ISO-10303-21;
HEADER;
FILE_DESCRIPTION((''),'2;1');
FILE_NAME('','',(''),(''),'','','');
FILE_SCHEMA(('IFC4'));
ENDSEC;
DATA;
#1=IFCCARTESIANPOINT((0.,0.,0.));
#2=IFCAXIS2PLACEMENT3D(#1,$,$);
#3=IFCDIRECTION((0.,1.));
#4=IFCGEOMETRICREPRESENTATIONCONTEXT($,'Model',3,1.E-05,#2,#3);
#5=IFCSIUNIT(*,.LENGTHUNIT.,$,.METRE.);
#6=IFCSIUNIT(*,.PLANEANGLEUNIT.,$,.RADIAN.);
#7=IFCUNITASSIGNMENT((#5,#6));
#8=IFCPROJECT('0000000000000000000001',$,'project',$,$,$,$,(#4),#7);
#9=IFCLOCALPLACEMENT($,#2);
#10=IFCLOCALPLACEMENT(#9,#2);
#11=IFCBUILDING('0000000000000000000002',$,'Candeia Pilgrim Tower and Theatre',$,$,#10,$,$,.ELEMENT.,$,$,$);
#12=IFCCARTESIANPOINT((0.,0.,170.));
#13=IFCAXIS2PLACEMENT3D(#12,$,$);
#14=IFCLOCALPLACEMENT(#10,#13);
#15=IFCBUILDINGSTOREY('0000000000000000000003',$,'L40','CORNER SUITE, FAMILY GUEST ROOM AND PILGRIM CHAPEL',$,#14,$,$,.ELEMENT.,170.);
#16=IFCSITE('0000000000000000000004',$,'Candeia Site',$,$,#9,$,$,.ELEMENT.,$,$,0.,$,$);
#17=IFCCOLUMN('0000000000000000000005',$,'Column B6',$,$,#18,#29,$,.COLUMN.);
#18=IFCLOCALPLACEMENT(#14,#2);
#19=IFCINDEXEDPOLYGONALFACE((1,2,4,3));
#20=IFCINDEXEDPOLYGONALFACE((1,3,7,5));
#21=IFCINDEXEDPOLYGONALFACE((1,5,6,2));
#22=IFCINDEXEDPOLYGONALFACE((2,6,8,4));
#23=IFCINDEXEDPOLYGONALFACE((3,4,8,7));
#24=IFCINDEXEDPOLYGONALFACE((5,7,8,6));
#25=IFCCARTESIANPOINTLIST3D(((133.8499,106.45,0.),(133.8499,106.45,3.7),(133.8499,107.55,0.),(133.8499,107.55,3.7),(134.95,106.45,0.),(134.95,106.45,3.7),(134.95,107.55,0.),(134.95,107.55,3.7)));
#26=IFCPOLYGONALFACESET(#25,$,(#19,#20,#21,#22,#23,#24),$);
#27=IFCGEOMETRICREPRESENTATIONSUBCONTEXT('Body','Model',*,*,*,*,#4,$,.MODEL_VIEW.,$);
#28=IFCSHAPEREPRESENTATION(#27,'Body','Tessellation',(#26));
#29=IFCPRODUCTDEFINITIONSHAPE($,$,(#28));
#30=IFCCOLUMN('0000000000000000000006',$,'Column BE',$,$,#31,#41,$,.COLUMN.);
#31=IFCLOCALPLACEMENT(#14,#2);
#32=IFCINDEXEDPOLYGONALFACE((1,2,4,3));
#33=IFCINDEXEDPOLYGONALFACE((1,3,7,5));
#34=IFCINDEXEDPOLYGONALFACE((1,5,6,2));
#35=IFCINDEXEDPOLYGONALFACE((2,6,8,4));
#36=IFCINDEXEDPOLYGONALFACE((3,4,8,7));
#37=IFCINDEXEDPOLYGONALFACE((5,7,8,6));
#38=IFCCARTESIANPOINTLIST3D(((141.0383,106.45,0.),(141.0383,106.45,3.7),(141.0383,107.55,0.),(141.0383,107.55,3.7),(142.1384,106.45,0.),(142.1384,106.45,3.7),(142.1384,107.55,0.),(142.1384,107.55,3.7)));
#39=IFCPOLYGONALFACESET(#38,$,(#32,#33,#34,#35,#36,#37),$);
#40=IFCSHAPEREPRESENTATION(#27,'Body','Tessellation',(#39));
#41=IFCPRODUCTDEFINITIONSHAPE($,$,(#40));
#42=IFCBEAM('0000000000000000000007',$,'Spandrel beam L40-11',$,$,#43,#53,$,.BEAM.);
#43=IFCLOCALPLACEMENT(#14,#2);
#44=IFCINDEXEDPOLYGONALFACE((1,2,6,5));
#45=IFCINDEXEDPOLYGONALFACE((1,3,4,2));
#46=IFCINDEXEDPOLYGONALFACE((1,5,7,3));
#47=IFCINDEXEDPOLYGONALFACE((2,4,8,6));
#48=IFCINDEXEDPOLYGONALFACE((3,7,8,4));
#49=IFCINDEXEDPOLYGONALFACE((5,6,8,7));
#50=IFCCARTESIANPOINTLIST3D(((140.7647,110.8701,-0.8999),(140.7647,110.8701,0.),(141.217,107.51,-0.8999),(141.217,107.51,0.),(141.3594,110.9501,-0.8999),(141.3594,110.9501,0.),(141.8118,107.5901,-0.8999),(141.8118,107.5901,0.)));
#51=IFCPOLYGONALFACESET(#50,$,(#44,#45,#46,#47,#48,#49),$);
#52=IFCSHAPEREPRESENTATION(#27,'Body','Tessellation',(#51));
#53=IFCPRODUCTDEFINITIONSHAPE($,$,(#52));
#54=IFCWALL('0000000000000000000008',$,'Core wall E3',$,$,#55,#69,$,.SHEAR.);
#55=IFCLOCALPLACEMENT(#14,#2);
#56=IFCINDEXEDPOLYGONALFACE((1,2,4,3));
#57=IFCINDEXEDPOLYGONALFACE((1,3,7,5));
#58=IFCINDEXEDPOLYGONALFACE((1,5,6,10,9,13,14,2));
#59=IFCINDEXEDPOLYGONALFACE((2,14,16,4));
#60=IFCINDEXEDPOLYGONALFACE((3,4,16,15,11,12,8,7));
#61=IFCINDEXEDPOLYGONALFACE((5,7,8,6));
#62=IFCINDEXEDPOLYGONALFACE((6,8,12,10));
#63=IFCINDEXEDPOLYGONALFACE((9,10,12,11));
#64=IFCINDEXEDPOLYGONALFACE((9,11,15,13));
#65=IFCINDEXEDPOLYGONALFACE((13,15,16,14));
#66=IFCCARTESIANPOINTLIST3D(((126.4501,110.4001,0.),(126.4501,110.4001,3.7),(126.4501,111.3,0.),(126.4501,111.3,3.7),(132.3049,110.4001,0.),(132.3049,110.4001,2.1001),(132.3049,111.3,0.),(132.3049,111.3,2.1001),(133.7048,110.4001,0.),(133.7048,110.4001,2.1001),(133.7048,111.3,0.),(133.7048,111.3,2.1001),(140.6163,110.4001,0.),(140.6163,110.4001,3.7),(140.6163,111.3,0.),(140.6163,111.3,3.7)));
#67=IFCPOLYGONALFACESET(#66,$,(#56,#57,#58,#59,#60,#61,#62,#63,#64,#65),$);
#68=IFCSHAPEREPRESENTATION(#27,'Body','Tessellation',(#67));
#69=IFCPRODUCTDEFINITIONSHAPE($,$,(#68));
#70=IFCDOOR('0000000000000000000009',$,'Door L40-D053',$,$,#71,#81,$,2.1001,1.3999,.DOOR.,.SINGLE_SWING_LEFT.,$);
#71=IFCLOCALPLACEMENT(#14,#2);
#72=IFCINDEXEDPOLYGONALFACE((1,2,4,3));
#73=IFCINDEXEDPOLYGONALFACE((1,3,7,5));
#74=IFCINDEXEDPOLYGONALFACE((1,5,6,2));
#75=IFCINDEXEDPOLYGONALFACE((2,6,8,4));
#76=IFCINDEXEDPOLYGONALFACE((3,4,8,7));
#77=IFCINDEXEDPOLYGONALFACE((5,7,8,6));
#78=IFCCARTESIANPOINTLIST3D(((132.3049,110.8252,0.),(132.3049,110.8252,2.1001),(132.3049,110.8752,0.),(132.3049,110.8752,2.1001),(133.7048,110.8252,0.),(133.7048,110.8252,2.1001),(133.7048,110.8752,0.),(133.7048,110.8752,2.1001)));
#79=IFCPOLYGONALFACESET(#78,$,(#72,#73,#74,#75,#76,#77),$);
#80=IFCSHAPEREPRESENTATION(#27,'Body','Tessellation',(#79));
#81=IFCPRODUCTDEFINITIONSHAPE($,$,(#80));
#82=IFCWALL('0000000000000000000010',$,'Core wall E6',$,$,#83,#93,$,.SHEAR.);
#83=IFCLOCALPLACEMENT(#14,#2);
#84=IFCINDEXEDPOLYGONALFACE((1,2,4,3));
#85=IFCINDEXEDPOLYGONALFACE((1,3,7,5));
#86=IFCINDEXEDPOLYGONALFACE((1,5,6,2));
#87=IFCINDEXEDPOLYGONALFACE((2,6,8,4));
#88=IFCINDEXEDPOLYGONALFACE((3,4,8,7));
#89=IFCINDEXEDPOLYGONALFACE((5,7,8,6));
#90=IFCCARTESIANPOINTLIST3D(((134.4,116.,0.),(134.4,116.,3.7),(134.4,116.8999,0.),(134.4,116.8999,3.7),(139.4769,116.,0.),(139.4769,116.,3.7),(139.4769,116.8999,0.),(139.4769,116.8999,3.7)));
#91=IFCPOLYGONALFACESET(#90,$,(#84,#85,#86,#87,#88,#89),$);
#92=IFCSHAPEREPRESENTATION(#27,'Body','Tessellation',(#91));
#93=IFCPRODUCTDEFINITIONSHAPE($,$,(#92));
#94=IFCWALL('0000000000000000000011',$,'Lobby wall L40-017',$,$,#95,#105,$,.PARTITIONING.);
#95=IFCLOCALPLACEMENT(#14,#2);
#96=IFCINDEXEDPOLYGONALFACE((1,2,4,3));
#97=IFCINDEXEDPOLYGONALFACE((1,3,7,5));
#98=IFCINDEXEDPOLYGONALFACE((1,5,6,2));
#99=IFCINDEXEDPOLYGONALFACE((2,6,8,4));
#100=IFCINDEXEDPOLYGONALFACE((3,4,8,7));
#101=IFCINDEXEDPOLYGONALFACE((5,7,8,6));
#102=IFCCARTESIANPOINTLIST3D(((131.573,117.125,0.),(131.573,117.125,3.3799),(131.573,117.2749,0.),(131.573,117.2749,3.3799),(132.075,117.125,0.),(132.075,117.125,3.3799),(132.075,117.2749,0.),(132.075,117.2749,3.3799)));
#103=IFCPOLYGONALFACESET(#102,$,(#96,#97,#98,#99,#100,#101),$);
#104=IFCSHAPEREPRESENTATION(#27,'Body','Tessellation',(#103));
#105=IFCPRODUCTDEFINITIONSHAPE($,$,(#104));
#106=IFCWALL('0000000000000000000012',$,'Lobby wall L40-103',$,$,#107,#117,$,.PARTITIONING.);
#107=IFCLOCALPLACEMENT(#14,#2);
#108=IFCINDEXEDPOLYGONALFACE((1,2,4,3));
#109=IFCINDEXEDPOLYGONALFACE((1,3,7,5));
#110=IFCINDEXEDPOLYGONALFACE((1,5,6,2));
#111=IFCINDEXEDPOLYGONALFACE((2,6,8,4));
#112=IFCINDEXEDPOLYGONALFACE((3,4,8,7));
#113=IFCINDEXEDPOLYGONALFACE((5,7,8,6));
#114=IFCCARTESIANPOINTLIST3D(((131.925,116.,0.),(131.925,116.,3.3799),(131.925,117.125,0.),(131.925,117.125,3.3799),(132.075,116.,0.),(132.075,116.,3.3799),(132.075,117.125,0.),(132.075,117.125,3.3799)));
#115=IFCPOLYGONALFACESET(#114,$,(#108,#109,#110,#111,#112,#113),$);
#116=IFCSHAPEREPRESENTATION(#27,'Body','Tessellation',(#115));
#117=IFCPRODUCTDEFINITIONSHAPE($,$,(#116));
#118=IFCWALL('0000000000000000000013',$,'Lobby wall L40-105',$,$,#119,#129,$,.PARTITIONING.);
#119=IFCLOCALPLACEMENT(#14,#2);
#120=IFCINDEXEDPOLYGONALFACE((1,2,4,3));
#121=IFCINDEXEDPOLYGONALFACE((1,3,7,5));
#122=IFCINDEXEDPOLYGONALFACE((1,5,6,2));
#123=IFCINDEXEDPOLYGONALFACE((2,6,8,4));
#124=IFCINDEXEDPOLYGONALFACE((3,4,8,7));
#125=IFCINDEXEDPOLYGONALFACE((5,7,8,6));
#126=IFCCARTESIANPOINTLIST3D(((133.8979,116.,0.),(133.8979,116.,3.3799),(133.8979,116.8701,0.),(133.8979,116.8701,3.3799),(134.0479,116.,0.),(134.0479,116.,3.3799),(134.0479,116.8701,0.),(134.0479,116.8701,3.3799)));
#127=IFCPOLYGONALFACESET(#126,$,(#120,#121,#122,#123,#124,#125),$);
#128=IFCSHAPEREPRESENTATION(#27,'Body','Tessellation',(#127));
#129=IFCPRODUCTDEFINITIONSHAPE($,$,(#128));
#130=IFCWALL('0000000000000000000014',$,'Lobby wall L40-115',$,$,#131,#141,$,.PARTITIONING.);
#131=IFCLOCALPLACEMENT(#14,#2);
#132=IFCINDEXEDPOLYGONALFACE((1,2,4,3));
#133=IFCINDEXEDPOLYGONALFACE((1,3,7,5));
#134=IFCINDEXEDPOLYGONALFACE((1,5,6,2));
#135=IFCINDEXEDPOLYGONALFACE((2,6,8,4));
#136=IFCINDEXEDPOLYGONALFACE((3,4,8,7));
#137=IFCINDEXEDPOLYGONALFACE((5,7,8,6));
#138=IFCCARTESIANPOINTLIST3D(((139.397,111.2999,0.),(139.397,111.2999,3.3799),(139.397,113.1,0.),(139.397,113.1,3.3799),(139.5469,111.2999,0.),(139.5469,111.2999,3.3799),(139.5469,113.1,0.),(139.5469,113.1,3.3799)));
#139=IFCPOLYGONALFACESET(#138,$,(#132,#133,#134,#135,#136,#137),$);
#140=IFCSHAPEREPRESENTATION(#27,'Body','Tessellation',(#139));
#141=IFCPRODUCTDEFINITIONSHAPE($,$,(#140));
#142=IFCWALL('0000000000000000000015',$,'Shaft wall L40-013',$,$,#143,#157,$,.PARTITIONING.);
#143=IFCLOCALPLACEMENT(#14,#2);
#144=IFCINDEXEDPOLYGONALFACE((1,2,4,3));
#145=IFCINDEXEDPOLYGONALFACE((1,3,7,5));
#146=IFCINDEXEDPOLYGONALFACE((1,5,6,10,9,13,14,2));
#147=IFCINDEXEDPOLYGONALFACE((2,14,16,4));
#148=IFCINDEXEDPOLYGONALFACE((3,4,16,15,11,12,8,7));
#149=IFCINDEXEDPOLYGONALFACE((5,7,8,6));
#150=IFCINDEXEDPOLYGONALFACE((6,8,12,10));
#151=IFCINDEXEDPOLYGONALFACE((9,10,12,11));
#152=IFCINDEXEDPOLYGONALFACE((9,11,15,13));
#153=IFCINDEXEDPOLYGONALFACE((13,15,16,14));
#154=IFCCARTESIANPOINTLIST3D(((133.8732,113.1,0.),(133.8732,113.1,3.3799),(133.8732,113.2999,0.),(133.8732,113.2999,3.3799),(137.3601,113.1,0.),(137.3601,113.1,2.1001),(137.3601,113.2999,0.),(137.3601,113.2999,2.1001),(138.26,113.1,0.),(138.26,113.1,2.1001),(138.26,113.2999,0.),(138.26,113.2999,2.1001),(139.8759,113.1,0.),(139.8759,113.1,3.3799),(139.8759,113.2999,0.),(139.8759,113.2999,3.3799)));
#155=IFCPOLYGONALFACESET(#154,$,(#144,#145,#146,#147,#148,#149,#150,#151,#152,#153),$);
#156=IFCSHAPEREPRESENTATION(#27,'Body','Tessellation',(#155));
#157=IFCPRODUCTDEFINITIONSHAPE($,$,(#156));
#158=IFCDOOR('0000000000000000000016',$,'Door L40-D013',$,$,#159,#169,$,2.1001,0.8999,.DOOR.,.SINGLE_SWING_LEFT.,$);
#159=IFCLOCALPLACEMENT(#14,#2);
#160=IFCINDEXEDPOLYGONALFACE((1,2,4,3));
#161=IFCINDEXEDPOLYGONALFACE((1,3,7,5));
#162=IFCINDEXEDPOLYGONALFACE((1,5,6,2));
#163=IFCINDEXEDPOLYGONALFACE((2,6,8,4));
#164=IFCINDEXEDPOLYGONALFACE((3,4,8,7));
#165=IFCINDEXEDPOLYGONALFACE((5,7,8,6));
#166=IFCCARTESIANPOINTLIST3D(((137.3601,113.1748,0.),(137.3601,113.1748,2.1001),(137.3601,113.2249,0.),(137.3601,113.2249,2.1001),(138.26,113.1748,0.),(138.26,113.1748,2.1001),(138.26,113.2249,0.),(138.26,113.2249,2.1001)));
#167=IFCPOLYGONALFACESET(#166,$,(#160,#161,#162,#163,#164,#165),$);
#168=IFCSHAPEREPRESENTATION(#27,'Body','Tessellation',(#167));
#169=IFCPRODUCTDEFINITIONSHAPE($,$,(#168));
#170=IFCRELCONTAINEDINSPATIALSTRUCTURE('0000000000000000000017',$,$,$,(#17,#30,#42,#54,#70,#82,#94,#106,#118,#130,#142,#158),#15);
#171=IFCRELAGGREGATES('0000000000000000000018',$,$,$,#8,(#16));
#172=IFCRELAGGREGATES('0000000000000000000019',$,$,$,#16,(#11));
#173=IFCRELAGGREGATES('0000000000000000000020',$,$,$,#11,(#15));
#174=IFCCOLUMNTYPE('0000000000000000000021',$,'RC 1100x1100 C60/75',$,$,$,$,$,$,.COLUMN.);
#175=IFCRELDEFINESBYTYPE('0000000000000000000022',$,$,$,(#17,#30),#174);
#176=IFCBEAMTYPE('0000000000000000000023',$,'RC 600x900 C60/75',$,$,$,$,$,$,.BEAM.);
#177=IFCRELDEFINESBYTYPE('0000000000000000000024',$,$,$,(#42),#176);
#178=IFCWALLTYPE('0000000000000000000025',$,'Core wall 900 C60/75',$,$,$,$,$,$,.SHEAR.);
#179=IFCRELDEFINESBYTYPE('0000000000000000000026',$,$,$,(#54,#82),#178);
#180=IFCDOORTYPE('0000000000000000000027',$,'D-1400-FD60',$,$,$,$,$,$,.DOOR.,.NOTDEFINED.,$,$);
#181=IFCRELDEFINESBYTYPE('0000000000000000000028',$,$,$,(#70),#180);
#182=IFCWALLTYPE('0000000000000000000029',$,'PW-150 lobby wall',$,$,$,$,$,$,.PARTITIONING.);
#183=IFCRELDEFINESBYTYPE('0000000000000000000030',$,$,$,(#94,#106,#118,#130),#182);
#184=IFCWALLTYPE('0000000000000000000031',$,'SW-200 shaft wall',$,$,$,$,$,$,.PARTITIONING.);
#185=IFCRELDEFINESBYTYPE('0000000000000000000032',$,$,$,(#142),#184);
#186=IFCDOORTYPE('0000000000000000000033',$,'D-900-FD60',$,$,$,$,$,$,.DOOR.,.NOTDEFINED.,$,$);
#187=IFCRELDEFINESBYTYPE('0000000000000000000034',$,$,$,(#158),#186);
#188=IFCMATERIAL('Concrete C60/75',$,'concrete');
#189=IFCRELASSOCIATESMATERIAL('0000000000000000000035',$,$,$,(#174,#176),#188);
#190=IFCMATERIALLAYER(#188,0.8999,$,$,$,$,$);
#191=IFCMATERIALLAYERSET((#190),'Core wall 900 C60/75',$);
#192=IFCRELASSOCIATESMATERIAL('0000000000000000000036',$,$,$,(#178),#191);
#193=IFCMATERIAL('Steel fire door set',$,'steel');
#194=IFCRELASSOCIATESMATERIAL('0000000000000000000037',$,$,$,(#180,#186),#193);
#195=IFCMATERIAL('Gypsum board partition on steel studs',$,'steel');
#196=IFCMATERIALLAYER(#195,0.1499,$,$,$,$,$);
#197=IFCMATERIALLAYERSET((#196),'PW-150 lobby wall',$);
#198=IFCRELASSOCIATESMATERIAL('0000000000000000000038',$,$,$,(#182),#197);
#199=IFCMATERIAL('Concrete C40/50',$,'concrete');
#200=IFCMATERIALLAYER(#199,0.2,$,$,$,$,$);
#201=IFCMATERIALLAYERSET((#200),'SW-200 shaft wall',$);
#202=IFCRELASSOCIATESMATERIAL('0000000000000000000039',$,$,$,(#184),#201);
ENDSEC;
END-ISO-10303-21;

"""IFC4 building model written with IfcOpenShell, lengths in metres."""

from ifc_helpers import new_model, si_unit, direction, frame, frame_2d, origin, origin_2d, place, context, subcontext, project, spatial, rectangle, extrude, material, layer, layer_set, material_profile, profile_set, type_object, element, fill, save


model = new_model("IFC4")

# Units and contexts
model_context = context("Model", 3, precision=1e-05, world=origin(), true_north=direction((0.0, 1.0)))
body_context = subcontext(model_context, "Body", "Model", "MODEL_VIEW")
ifc_project = project(units=[si_unit("LENGTHUNIT", "METRE"), si_unit("PLANEANGLEUNIT", "RADIAN")], contexts=[model_context])

# Site, building, storey
site_placement = place(None, origin())
site = spatial("IfcSite", under=ifc_project, at=site_placement, Name="Candeia Site", CompositionType="ELEMENT", RefElevation=0.0)
building_placement = place(site_placement, origin())
building = spatial("IfcBuilding", under=site, at=building_placement, Name="Candeia Pilgrim Tower and Theatre", CompositionType="ELEMENT")
storey_placement = place(building_placement, frame((0.0, 0.0, 170.0)))
storey = spatial("IfcBuildingStorey", under=building, at=storey_placement, Name="L40", Description="CORNER SUITE, FAMILY GUEST ROOM AND PILGRIM CHAPEL", CompositionType="ELEMENT", Elevation=170.0)

# Columns
ifc_material_1 = material(Name="Concrete C60/75", Category="concrete")
ifc_material_profile_1 = material_profile(ifc_material_1, rectangle(XDim=1.1001, YDim=1.1001, at=origin_2d()))
ifc_profile_set_1 = profile_set([ifc_material_profile_1], Name="Concrete C60/75")
column_type = type_object("IfcColumnType", Name="RC 1100x1100 C60/75", PredefinedType="COLUMN", material=ifc_profile_set_1)
for number, where, z_axis, x_axis, name in (
    (1, (134.3999, 107.0, 0.0), (0.0, 0.0, 1.0), (1.0, 0.0, 0.0), "Column B6"),
    (2, (141.5884, 107.0, 0.0), (0.0, 0.0, 1.0), (1.0, 0.0, 0.0), "Column BE"),
):
    element("IfcColumn", number, at=place(storey_placement, frame(where, z_axis=z_axis, x_axis=x_axis)), inside=storey, type_object=column_type, Name=name, PredefinedType="COLUMN", context=body_context, shape_type="SweptSolid", body=[
        extrude(rectangle(XDim=1.1001, YDim=1.1001, at=origin_2d()), origin(), (0.0, 0.0, 1.0), 3.7),
    ])

# Beam
ifc_material_profile_2 = material_profile(ifc_material_1, rectangle(XDim=0.6001, YDim=0.8999, at=origin_2d()))
ifc_profile_set_2 = profile_set([ifc_material_profile_2], Name="Concrete C60/75")
beam_type = type_object("IfcBeamType", Name="RC 600x900 C60/75", PredefinedType="BEAM", material=ifc_profile_set_2)
beam_placement = place(storey_placement, frame((141.5144, 107.55, -0.45), z_axis=(-0.133432, 0.991058, 0.0), x_axis=(-0.991058, -0.133432, 0.0)))
element("IfcBeam", 3, at=beam_placement, inside=storey, type_object=beam_type, Name="Spandrel beam L40-11", PredefinedType="BEAM", context=body_context, shape_type="SweptSolid", body=[
    extrude(rectangle(XDim=0.6001, YDim=0.8999, at=origin_2d()), origin(), (0.0, 0.0, 1.0), 3.3904),
])

# Wall, opening, door
ifc_layer_1 = layer(ifc_material_1, 0.8999)
ifc_layer_set_1 = layer_set([ifc_layer_1], Name="Core wall 900 C60/75")
wall_type_1 = type_object("IfcWallType", Name="Core wall 900 C60/75", PredefinedType="SHEAR", material=ifc_layer_set_1)
wall_1_placement = place(storey_placement, frame((140.6162, 110.8501, 0.0), z_axis=(0.0, 0.0, 1.0), x_axis=(-1.0, 0.0, 0.0)))
wall_1 = element("IfcWall", 4, at=wall_1_placement, inside=storey, type_object=wall_type_1, Name="Core wall E3", PredefinedType="SHEAR", context=body_context, shape_type="SweptSolid", body=[
    extrude(rectangle(XDim=14.1663, YDim=0.8999, at=frame_2d((7.083, 0.0))), origin(), (0.0, 0.0, 1.0), 3.7),
])
opening_1_placement = place(wall_1_placement, frame((6.9114, 0.0, 0.0)))
opening_1 = element("IfcOpeningElement", 5, at=opening_1_placement, cuts=wall_1, PredefinedType="OPENING", context=body_context, shape_type="SweptSolid", body=[
    extrude(rectangle(XDim=1.3999, YDim=2.1001, at=frame_2d((0.7, 1.05))), frame((0.0, 0.46, 0.0), z_axis=(0.0, -1.0, 0.0), x_axis=(1.0, 0.0, 0.0)), (0.0, 0.0, 1.0), 0.9199),
])
ifc_material_2 = material(Name="Steel fire door set", Category="steel")
door_type_1 = type_object("IfcDoorType", Name="D-1400-FD60", OperationType="NOTDEFINED", PredefinedType="DOOR", material=ifc_material_2)
door_1_placement = place(opening_1_placement, origin())
door_1 = element("IfcDoor", 6, at=door_1_placement, inside=storey, type_object=door_type_1, Name="Door L40-D053", OperationType="SINGLE_SWING_LEFT", OverallHeight=2.1001, OverallWidth=1.3999, PredefinedType="DOOR", context=body_context, shape_type="SweptSolid", body=[
    extrude(rectangle(XDim=1.3999, YDim=2.1001, at=frame_2d((0.7, 1.05))), frame((0.0, 0.0249, 0.0), z_axis=(0.0, -1.0, 0.0), x_axis=(1.0, 0.0, 0.0)), (0.0, 0.0, 1.0), 0.05),
])
fill(opening_1, door_1)

# Walls
wall_2_placement = place(storey_placement, frame((134.3999, 116.45, 0.0), z_axis=(0.0, 0.0, 1.0), x_axis=(1.0, 0.0, 0.0)))
element("IfcWall", 7, at=wall_2_placement, inside=storey, type_object=wall_type_1, Name="Core wall E6", PredefinedType="SHEAR", context=body_context, shape_type="SweptSolid", body=[
    extrude(rectangle(XDim=5.0769, YDim=0.8999, at=frame_2d((2.5386, 0.0))), origin(), (0.0, 0.0, 1.0), 3.7),
])
ifc_material_3 = material(Name="Gypsum board partition on steel studs", Category="steel")
ifc_layer_2 = layer(ifc_material_3, 0.1499)
ifc_layer_set_2 = layer_set([ifc_layer_2], Name="PW-150 lobby wall")
wall_type_2 = type_object("IfcWallType", Name="PW-150 lobby wall", PredefinedType="PARTITIONING", material=ifc_layer_set_2)
wall_3_placement = place(storey_placement, frame((131.573, 117.2, 0.0), z_axis=(0.0, 0.0, 1.0), x_axis=(1.0, 0.0, 0.0)))
element("IfcWall", 8, at=wall_3_placement, inside=storey, type_object=wall_type_2, Name="Lobby wall L40-017", PredefinedType="PARTITIONING", context=body_context, shape_type="SweptSolid", body=[
    extrude(rectangle(XDim=0.502, YDim=0.1499, at=frame_2d((0.251, 0.0))), origin(), (0.0, 0.0, 1.0), 3.3799),
])
wall_4_placement = place(storey_placement, frame((132.0, 116.0, 0.0), z_axis=(0.0, 0.0, 1.0), x_axis=(0.0, 1.0, 0.0)))
element("IfcWall", 9, at=wall_4_placement, inside=storey, type_object=wall_type_2, Name="Lobby wall L40-103", PredefinedType="PARTITIONING", context=body_context, shape_type="SweptSolid", body=[
    extrude(rectangle(XDim=1.125, YDim=0.1499, at=frame_2d((0.5625, 0.0))), origin(), (0.0, 0.0, 1.0), 3.3799),
])
wall_5_placement = place(storey_placement, frame((133.9729, 116.0, 0.0), z_axis=(0.0, 0.0, 1.0), x_axis=(0.0, 1.0, 0.0)))
element("IfcWall", 10, at=wall_5_placement, inside=storey, type_object=wall_type_2, Name="Lobby wall L40-105", PredefinedType="PARTITIONING", context=body_context, shape_type="SweptSolid", body=[
    extrude(rectangle(XDim=0.8701, YDim=0.1499, at=frame_2d((0.4351, 0.0))), origin(), (0.0, 0.0, 1.0), 3.3799),
])
wall_6_placement = place(storey_placement, frame((139.4719, 111.3, 0.0), z_axis=(0.0, 0.0, 1.0), x_axis=(0.0, 1.0, 0.0)))
element("IfcWall", 11, at=wall_6_placement, inside=storey, type_object=wall_type_2, Name="Lobby wall L40-115", PredefinedType="PARTITIONING", context=body_context, shape_type="SweptSolid", body=[
    extrude(rectangle(XDim=1.8, YDim=0.1499, at=frame_2d((0.8999, 0.0))), origin(), (0.0, 0.0, 1.0), 3.3799),
])

# Wall, opening, door
ifc_material_4 = material(Name="Concrete C40/50", Category="concrete")
ifc_layer_3 = layer(ifc_material_4, 0.2)
ifc_layer_set_3 = layer_set([ifc_layer_3], Name="SW-200 shaft wall")
wall_type_3 = type_object("IfcWallType", Name="SW-200 shaft wall", PredefinedType="PARTITIONING", material=ifc_layer_set_3)
wall_7_placement = place(storey_placement, frame((133.873, 113.2, 0.0), z_axis=(0.0, 0.0, 1.0), x_axis=(1.0, 0.0, 0.0)))
wall_7 = element("IfcWall", 12, at=wall_7_placement, inside=storey, type_object=wall_type_3, Name="Shaft wall L40-013", PredefinedType="PARTITIONING", context=body_context, shape_type="SweptSolid", body=[
    extrude(rectangle(XDim=6.0027, YDim=0.2, at=frame_2d((3.0015, 0.0))), origin(), (0.0, 0.0, 1.0), 3.3799),
])
opening_2_placement = place(wall_7_placement, frame((3.4871, 0.0, 0.0)))
opening_2 = element("IfcOpeningElement", 13, at=opening_2_placement, cuts=wall_7, PredefinedType="OPENING", context=body_context, shape_type="SweptSolid", body=[
    extrude(rectangle(XDim=0.8999, YDim=2.1001, at=frame_2d((0.45, 1.05))), frame((0.0, 0.1099, 0.0), z_axis=(0.0, -1.0, 0.0), x_axis=(1.0, 0.0, 0.0)), (0.0, 0.0, 1.0), 0.22),
])
door_type_2 = type_object("IfcDoorType", Name="D-900-FD60", OperationType="NOTDEFINED", PredefinedType="DOOR", material=ifc_material_2)
door_2_placement = place(opening_2_placement, origin())
door_2 = element("IfcDoor", 14, at=door_2_placement, inside=storey, type_object=door_type_2, Name="Door L40-D013", OperationType="SINGLE_SWING_LEFT", OverallHeight=2.1001, OverallWidth=0.8999, PredefinedType="DOOR", context=body_context, shape_type="SweptSolid", body=[
    extrude(rectangle(XDim=0.8999, YDim=2.1001, at=frame_2d((0.45, 1.05))), frame((0.0, 0.0249, 0.0), z_axis=(0.0, -1.0, 0.0), x_axis=(1.0, 0.0, 0.0)), (0.0, 0.0, 1.0), 0.05),
])
fill(opening_2, door_2)

save(model, "model.ifc")
